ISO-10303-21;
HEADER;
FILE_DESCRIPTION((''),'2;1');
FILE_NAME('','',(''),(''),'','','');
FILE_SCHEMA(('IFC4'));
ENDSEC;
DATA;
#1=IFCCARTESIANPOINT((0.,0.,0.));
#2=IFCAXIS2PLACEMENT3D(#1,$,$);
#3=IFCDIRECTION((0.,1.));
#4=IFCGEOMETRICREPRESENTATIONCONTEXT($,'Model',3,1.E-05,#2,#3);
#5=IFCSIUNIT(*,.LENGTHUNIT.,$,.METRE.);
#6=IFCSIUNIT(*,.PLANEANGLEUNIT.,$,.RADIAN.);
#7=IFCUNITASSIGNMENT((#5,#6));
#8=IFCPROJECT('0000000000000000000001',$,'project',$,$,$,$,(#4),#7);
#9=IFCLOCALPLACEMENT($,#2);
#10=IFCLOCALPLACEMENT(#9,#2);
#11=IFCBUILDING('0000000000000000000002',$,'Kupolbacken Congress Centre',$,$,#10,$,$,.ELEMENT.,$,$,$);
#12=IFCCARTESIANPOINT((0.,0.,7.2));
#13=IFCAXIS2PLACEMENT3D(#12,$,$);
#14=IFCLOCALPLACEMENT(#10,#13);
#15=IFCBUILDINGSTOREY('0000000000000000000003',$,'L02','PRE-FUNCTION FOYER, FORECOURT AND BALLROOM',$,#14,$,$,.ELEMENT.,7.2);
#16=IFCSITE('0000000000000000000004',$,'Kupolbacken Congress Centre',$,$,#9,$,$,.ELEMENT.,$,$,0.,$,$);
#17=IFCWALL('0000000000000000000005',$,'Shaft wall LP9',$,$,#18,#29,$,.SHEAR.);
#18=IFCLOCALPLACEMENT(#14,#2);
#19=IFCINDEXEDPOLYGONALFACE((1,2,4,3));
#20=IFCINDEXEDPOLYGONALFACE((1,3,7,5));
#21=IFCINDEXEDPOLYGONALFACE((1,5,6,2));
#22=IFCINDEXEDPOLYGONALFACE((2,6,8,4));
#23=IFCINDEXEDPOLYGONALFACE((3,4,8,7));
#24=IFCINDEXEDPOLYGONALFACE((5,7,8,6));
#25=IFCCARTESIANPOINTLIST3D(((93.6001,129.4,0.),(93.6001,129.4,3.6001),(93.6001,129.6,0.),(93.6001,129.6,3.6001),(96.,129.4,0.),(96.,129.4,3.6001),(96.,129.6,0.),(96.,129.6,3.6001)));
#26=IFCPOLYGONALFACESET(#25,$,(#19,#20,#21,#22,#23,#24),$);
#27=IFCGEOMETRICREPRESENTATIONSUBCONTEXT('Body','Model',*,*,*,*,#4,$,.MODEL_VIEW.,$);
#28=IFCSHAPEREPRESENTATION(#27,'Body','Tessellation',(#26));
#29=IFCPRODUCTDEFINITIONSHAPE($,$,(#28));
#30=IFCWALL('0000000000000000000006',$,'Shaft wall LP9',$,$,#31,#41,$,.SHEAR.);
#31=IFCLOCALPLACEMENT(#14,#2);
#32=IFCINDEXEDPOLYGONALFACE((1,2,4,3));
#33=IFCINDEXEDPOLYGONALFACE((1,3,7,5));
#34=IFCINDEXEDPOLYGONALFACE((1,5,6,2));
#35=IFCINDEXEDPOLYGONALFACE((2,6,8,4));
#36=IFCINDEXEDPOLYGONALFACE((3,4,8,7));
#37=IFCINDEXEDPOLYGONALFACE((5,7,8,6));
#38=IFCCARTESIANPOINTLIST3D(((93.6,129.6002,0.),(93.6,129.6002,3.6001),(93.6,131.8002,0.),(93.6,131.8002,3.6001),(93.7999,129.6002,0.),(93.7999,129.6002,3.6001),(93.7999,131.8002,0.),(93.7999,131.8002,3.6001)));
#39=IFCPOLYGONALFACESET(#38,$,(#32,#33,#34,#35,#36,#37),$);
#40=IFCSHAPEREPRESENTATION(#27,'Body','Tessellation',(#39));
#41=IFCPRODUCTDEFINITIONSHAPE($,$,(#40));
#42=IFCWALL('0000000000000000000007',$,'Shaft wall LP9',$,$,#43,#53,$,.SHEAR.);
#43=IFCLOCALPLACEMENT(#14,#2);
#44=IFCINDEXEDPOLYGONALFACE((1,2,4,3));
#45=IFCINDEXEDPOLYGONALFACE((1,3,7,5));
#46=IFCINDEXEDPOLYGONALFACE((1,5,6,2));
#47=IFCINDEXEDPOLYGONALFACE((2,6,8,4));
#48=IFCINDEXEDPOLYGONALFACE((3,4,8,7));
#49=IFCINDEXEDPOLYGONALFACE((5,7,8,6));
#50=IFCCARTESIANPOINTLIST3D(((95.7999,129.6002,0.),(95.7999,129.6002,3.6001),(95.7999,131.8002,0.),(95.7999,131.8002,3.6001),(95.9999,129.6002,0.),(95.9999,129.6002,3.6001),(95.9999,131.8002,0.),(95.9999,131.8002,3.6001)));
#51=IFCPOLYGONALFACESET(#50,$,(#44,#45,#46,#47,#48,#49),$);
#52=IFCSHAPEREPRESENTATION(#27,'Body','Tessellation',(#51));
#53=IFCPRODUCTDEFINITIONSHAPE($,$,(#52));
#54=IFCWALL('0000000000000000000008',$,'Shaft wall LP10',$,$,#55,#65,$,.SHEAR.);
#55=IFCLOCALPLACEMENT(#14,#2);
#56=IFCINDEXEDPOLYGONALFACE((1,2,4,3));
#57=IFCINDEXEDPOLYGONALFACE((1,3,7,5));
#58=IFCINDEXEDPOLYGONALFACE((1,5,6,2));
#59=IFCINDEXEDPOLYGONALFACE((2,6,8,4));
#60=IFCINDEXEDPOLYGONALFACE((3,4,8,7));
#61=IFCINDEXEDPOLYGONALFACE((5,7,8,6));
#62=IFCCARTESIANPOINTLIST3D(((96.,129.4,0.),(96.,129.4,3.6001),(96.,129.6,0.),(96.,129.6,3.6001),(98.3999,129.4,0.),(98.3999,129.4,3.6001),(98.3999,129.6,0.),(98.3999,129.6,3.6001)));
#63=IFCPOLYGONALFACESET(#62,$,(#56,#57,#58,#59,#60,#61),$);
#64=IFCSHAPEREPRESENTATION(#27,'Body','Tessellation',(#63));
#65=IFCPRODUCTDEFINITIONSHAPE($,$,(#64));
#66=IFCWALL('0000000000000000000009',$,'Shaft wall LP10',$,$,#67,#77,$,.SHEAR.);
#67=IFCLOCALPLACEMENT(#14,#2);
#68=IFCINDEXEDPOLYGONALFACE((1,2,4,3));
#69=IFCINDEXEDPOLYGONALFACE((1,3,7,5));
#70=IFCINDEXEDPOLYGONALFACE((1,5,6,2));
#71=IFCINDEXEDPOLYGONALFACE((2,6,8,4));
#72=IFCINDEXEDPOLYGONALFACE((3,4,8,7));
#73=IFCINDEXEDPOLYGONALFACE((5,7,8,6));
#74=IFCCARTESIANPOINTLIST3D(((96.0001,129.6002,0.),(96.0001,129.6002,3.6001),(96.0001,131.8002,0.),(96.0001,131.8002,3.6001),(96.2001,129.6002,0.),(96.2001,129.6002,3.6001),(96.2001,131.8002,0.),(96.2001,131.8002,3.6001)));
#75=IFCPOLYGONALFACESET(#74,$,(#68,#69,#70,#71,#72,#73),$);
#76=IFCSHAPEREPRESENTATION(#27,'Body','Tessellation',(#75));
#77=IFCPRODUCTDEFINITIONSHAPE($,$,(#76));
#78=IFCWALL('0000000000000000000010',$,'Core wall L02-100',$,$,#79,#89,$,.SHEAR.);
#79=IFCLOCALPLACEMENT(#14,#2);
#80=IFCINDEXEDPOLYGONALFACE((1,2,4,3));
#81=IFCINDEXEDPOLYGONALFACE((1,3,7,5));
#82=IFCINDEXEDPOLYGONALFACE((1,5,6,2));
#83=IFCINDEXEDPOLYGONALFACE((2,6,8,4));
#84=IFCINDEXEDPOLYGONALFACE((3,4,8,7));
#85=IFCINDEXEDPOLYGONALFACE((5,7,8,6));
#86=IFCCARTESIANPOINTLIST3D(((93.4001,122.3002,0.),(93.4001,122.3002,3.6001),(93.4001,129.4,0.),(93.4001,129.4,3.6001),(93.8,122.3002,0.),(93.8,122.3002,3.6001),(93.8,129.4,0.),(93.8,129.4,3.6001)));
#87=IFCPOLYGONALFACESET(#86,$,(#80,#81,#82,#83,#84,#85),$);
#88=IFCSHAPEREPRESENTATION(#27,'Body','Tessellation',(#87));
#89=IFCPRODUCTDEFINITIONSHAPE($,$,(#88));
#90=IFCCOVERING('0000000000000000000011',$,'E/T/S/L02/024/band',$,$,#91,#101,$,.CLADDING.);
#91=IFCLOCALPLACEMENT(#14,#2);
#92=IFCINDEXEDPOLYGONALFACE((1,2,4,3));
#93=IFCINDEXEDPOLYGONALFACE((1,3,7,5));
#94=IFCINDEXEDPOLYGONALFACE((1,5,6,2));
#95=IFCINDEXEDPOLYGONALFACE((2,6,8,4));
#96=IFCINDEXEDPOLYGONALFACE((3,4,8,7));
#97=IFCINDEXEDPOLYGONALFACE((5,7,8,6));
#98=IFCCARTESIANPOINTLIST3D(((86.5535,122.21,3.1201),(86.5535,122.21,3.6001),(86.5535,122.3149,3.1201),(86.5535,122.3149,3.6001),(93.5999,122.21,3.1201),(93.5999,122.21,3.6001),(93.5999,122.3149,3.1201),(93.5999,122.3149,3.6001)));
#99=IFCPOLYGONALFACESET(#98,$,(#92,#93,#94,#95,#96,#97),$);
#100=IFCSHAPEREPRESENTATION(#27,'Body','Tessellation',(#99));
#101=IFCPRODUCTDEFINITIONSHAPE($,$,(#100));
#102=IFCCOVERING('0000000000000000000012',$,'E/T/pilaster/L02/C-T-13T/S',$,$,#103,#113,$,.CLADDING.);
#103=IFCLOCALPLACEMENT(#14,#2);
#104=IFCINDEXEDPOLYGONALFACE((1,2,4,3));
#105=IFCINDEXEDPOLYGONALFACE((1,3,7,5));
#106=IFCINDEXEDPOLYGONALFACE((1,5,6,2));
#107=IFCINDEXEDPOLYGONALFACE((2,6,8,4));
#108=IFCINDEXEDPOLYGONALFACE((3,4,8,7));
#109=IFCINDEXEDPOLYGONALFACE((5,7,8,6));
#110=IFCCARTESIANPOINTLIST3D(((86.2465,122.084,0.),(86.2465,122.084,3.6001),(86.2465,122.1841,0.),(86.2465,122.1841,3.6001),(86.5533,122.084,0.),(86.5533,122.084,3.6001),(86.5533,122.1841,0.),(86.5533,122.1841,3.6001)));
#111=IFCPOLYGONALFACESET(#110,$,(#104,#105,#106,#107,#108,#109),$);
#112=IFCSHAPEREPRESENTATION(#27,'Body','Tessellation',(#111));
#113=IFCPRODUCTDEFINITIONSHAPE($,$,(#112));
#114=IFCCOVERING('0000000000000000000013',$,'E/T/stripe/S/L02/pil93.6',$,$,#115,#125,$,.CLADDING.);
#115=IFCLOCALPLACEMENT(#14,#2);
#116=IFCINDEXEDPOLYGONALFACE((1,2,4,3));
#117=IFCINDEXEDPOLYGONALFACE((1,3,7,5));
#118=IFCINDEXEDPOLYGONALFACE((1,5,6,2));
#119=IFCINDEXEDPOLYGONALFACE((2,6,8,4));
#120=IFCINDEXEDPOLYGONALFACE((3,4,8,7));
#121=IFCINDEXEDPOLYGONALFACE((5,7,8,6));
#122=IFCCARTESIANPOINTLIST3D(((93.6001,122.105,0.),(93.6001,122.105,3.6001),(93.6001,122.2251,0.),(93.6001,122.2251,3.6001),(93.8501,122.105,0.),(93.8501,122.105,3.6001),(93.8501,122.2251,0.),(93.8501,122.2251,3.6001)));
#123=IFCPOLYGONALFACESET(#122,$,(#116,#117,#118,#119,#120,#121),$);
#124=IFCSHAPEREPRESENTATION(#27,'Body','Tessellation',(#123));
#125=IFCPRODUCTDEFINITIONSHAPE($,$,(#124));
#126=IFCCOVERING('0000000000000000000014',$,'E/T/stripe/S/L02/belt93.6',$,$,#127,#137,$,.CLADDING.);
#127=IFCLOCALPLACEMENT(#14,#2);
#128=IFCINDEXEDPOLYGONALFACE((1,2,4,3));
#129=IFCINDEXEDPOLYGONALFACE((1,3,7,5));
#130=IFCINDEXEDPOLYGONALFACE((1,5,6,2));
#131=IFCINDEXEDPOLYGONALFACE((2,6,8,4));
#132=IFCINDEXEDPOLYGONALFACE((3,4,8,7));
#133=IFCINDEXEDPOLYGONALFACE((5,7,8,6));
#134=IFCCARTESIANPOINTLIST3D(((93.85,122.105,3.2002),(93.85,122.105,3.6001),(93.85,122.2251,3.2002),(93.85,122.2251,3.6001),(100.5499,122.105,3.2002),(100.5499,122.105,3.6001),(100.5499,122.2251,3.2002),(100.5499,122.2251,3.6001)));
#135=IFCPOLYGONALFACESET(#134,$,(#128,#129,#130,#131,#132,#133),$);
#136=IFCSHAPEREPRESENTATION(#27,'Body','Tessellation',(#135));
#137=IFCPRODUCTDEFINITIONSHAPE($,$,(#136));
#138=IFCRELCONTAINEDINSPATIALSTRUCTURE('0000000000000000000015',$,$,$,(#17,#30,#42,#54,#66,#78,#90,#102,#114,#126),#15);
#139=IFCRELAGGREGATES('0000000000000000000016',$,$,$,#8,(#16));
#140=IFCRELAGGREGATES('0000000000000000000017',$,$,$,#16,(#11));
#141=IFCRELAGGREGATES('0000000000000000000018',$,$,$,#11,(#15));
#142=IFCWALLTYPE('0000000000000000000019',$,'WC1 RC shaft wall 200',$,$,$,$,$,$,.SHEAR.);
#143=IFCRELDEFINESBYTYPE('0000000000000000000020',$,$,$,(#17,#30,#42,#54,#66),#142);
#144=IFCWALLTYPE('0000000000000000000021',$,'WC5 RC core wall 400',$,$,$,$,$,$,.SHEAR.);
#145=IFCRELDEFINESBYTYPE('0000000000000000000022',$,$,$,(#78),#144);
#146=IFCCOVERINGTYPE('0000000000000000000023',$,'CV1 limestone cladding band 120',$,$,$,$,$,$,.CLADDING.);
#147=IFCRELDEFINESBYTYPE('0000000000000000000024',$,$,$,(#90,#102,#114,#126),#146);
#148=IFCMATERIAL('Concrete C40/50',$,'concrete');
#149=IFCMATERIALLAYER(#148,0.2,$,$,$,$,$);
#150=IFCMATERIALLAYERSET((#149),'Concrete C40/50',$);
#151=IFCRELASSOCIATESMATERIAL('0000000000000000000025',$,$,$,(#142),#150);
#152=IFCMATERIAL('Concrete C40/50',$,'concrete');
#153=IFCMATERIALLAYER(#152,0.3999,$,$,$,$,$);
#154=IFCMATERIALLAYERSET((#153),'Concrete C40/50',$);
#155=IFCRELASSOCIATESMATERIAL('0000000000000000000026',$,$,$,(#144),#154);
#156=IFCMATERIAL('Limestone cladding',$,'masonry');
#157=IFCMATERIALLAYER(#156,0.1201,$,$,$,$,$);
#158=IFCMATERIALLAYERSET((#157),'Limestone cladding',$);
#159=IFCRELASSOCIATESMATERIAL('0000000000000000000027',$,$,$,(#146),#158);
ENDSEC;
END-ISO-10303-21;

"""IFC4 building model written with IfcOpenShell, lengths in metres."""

from ifc_helpers import new_model, si_unit, direction, frame, frame_2d, origin, origin_2d, place, context, subcontext, project, spatial, rectangle, extrude, material, layer, layer_set, type_object, element, save


model = new_model("IFC4")

# Units and contexts
model_context = context("Model", 3, precision=1e-05, world=origin(), true_north=direction((0.0, 1.0)))
body_context = subcontext(model_context, "Body", "Model", "MODEL_VIEW")
ifc_project = project(units=[si_unit("LENGTHUNIT", "METRE"), si_unit("PLANEANGLEUNIT", "RADIAN")], contexts=[model_context])

# Site, building, storey
site_placement = place(None, origin())
site = spatial("IfcSite", under=ifc_project, at=site_placement, Name="Kupolbacken Congress Centre", CompositionType="ELEMENT", RefElevation=0.0)
building_placement = place(site_placement, origin())
building = spatial("IfcBuilding", under=site, at=building_placement, Name="Kupolbacken Congress Centre", CompositionType="ELEMENT")
storey_placement = place(building_placement, frame((0.0, 0.0, 7.2)))
storey = spatial("IfcBuildingStorey", under=building, at=storey_placement, Name="L02", Description="PRE-FUNCTION FOYER, FORECOURT AND BALLROOM", CompositionType="ELEMENT", Elevation=7.2)

# Walls
ifc_material_1 = material(Name="Concrete C40/50", Category="concrete")
ifc_layer_1 = layer(ifc_material_1, 0.2)
ifc_layer_set_1 = layer_set([ifc_layer_1], Name="Concrete C40/50")
wall_type_1 = type_object("IfcWallType", Name="WC1 RC shaft wall 200", PredefinedType="SHEAR", material=ifc_layer_set_1)
wall_1_placement = place(storey_placement, frame((93.6001, 129.5, 0.0), z_axis=(0.0, 0.0, 1.0), x_axis=(1.0, 0.0, 0.0)))
element("IfcWall", 1, at=wall_1_placement, inside=storey, type_object=wall_type_1, Name="Shaft wall LP9", PredefinedType="SHEAR", context=body_context, shape_type="SweptSolid", body=[
    extrude(rectangle(XDim=2.3999, YDim=0.2, at=frame_2d((1.2, 0.0))), origin(), (0.0, 0.0, 1.0), 3.6001),
])
for number, where, z_axis, x_axis, name in (
    (2, (93.7, 129.6001, 0.0), (0.0, 0.0, 1.0), (0.0, 1.0, 0.0), "Shaft wall LP9"),
    (3, (95.8999, 129.6001, 0.0), (0.0, 0.0, 1.0), (0.0, 1.0, 0.0), "Shaft wall LP9"),
):
    element("IfcWall", number, at=place(storey_placement, frame(where, z_axis=z_axis, x_axis=x_axis)), inside=storey, type_object=wall_type_1, Name=name, PredefinedType="SHEAR", context=body_context, shape_type="SweptSolid", body=[
        extrude(rectangle(XDim=2.2, YDim=0.2, at=frame_2d((1.1001, 0.0))), origin(), (0.0, 0.0, 1.0), 3.6001),
    ])
wall_2_placement = place(storey_placement, frame((96.0, 129.5, 0.0), z_axis=(0.0, 0.0, 1.0), x_axis=(1.0, 0.0, 0.0)))
element("IfcWall", 4, at=wall_2_placement, inside=storey, type_object=wall_type_1, Name="Shaft wall LP10", PredefinedType="SHEAR", context=body_context, shape_type="SweptSolid", body=[
    extrude(rectangle(XDim=2.3999, YDim=0.2, at=frame_2d((1.2, 0.0))), origin(), (0.0, 0.0, 1.0), 3.6001),
])
wall_3_placement = place(storey_placement, frame((96.1001, 129.6001, 0.0), z_axis=(0.0, 0.0, 1.0), x_axis=(0.0, 1.0, 0.0)))
element("IfcWall", 5, at=wall_3_placement, inside=storey, type_object=wall_type_1, Name="Shaft wall LP10", PredefinedType="SHEAR", context=body_context, shape_type="SweptSolid", body=[
    extrude(rectangle(XDim=2.2, YDim=0.2, at=frame_2d((1.1001, 0.0))), origin(), (0.0, 0.0, 1.0), 3.6001),
])
ifc_material_2 = material(Name="Concrete C40/50", Category="concrete")
ifc_layer_2 = layer(ifc_material_2, 0.3999)
ifc_layer_set_2 = layer_set([ifc_layer_2], Name="Concrete C40/50")
wall_type_2 = type_object("IfcWallType", Name="WC5 RC core wall 400", PredefinedType="SHEAR", material=ifc_layer_set_2)
wall_4_placement = place(storey_placement, frame((93.6001, 129.3999, 0.0), z_axis=(0.0, 0.0, 1.0), x_axis=(0.0, -1.0, 0.0)))
element("IfcWall", 6, at=wall_4_placement, inside=storey, type_object=wall_type_2, Name="Core wall L02-100", PredefinedType="SHEAR", context=body_context, shape_type="SweptSolid", body=[
    extrude(rectangle(XDim=7.0999, YDim=0.3999, at=frame_2d((3.5498, 0.0))), origin(), (0.0, 0.0, 1.0), 3.6001),
])

# Coverings
ifc_material_3 = material(Name="Limestone cladding", Category="masonry")
ifc_layer_3 = layer(ifc_material_3, 0.1201)
ifc_layer_set_3 = layer_set([ifc_layer_3], Name="Limestone cladding")
covering_type_1 = type_object("IfcCoveringType", Name="CV1 limestone cladding band 120", PredefinedType="CLADDING", material=ifc_layer_set_3)
covering_1_placement = place(storey_placement, frame((90.0767, 122.2625, 3.1201), z_axis=(0.0, 0.0, 1.0), x_axis=(1.0, 0.0, 0.0)))
element("IfcCovering", 7, at=covering_1_placement, inside=storey, type_object=covering_type_1, Name="E/T/S/L02/024/band", PredefinedType="CLADDING", context=body_context, shape_type="SweptSolid", body=[
    extrude(rectangle(XDim=7.0464, YDim=0.105, at=origin_2d()), origin(), (0.0, 0.0, 1.0), 0.48),
])
covering_2_placement = place(storey_placement, frame((86.3999, 122.134, 0.0), z_axis=(0.0, 0.0, 1.0), x_axis=(1.0, 0.0, 0.0)))
element("IfcCovering", 8, at=covering_2_placement, inside=storey, type_object=covering_type_1, Name="E/T/pilaster/L02/C-T-13T/S", PredefinedType="CLADDING", context=body_context, shape_type="SweptSolid", body=[
    extrude(rectangle(XDim=0.3069, YDim=0.1001, at=origin_2d()), origin(), (0.0, 0.0, 1.0), 3.6001),
])
covering_3_placement = place(storey_placement, frame((93.7251, 122.165, 0.0), z_axis=(0.0, 0.0, 1.0), x_axis=(1.0, 0.0, 0.0)))
element("IfcCovering", 9, at=covering_3_placement, inside=storey, type_object=covering_type_1, Name="E/T/stripe/S/L02/pil93.6", PredefinedType="CLADDING", context=body_context, shape_type="SweptSolid", body=[
    extrude(rectangle(XDim=0.25, YDim=0.1201, at=origin_2d()), origin(), (0.0, 0.0, 1.0), 3.6001),
])
covering_4_placement = place(storey_placement, frame((97.2, 122.165, 3.2002), z_axis=(0.0, 0.0, 1.0), x_axis=(1.0, 0.0, 0.0)))
element("IfcCovering", 10, at=covering_4_placement, inside=storey, type_object=covering_type_1, Name="E/T/stripe/S/L02/belt93.6", PredefinedType="CLADDING", context=body_context, shape_type="SweptSolid", body=[
    extrude(rectangle(XDim=6.7, YDim=0.1201, at=origin_2d()), origin(), (0.0, 0.0, 1.0), 0.3999),
])

save(model, "model.ifc")
